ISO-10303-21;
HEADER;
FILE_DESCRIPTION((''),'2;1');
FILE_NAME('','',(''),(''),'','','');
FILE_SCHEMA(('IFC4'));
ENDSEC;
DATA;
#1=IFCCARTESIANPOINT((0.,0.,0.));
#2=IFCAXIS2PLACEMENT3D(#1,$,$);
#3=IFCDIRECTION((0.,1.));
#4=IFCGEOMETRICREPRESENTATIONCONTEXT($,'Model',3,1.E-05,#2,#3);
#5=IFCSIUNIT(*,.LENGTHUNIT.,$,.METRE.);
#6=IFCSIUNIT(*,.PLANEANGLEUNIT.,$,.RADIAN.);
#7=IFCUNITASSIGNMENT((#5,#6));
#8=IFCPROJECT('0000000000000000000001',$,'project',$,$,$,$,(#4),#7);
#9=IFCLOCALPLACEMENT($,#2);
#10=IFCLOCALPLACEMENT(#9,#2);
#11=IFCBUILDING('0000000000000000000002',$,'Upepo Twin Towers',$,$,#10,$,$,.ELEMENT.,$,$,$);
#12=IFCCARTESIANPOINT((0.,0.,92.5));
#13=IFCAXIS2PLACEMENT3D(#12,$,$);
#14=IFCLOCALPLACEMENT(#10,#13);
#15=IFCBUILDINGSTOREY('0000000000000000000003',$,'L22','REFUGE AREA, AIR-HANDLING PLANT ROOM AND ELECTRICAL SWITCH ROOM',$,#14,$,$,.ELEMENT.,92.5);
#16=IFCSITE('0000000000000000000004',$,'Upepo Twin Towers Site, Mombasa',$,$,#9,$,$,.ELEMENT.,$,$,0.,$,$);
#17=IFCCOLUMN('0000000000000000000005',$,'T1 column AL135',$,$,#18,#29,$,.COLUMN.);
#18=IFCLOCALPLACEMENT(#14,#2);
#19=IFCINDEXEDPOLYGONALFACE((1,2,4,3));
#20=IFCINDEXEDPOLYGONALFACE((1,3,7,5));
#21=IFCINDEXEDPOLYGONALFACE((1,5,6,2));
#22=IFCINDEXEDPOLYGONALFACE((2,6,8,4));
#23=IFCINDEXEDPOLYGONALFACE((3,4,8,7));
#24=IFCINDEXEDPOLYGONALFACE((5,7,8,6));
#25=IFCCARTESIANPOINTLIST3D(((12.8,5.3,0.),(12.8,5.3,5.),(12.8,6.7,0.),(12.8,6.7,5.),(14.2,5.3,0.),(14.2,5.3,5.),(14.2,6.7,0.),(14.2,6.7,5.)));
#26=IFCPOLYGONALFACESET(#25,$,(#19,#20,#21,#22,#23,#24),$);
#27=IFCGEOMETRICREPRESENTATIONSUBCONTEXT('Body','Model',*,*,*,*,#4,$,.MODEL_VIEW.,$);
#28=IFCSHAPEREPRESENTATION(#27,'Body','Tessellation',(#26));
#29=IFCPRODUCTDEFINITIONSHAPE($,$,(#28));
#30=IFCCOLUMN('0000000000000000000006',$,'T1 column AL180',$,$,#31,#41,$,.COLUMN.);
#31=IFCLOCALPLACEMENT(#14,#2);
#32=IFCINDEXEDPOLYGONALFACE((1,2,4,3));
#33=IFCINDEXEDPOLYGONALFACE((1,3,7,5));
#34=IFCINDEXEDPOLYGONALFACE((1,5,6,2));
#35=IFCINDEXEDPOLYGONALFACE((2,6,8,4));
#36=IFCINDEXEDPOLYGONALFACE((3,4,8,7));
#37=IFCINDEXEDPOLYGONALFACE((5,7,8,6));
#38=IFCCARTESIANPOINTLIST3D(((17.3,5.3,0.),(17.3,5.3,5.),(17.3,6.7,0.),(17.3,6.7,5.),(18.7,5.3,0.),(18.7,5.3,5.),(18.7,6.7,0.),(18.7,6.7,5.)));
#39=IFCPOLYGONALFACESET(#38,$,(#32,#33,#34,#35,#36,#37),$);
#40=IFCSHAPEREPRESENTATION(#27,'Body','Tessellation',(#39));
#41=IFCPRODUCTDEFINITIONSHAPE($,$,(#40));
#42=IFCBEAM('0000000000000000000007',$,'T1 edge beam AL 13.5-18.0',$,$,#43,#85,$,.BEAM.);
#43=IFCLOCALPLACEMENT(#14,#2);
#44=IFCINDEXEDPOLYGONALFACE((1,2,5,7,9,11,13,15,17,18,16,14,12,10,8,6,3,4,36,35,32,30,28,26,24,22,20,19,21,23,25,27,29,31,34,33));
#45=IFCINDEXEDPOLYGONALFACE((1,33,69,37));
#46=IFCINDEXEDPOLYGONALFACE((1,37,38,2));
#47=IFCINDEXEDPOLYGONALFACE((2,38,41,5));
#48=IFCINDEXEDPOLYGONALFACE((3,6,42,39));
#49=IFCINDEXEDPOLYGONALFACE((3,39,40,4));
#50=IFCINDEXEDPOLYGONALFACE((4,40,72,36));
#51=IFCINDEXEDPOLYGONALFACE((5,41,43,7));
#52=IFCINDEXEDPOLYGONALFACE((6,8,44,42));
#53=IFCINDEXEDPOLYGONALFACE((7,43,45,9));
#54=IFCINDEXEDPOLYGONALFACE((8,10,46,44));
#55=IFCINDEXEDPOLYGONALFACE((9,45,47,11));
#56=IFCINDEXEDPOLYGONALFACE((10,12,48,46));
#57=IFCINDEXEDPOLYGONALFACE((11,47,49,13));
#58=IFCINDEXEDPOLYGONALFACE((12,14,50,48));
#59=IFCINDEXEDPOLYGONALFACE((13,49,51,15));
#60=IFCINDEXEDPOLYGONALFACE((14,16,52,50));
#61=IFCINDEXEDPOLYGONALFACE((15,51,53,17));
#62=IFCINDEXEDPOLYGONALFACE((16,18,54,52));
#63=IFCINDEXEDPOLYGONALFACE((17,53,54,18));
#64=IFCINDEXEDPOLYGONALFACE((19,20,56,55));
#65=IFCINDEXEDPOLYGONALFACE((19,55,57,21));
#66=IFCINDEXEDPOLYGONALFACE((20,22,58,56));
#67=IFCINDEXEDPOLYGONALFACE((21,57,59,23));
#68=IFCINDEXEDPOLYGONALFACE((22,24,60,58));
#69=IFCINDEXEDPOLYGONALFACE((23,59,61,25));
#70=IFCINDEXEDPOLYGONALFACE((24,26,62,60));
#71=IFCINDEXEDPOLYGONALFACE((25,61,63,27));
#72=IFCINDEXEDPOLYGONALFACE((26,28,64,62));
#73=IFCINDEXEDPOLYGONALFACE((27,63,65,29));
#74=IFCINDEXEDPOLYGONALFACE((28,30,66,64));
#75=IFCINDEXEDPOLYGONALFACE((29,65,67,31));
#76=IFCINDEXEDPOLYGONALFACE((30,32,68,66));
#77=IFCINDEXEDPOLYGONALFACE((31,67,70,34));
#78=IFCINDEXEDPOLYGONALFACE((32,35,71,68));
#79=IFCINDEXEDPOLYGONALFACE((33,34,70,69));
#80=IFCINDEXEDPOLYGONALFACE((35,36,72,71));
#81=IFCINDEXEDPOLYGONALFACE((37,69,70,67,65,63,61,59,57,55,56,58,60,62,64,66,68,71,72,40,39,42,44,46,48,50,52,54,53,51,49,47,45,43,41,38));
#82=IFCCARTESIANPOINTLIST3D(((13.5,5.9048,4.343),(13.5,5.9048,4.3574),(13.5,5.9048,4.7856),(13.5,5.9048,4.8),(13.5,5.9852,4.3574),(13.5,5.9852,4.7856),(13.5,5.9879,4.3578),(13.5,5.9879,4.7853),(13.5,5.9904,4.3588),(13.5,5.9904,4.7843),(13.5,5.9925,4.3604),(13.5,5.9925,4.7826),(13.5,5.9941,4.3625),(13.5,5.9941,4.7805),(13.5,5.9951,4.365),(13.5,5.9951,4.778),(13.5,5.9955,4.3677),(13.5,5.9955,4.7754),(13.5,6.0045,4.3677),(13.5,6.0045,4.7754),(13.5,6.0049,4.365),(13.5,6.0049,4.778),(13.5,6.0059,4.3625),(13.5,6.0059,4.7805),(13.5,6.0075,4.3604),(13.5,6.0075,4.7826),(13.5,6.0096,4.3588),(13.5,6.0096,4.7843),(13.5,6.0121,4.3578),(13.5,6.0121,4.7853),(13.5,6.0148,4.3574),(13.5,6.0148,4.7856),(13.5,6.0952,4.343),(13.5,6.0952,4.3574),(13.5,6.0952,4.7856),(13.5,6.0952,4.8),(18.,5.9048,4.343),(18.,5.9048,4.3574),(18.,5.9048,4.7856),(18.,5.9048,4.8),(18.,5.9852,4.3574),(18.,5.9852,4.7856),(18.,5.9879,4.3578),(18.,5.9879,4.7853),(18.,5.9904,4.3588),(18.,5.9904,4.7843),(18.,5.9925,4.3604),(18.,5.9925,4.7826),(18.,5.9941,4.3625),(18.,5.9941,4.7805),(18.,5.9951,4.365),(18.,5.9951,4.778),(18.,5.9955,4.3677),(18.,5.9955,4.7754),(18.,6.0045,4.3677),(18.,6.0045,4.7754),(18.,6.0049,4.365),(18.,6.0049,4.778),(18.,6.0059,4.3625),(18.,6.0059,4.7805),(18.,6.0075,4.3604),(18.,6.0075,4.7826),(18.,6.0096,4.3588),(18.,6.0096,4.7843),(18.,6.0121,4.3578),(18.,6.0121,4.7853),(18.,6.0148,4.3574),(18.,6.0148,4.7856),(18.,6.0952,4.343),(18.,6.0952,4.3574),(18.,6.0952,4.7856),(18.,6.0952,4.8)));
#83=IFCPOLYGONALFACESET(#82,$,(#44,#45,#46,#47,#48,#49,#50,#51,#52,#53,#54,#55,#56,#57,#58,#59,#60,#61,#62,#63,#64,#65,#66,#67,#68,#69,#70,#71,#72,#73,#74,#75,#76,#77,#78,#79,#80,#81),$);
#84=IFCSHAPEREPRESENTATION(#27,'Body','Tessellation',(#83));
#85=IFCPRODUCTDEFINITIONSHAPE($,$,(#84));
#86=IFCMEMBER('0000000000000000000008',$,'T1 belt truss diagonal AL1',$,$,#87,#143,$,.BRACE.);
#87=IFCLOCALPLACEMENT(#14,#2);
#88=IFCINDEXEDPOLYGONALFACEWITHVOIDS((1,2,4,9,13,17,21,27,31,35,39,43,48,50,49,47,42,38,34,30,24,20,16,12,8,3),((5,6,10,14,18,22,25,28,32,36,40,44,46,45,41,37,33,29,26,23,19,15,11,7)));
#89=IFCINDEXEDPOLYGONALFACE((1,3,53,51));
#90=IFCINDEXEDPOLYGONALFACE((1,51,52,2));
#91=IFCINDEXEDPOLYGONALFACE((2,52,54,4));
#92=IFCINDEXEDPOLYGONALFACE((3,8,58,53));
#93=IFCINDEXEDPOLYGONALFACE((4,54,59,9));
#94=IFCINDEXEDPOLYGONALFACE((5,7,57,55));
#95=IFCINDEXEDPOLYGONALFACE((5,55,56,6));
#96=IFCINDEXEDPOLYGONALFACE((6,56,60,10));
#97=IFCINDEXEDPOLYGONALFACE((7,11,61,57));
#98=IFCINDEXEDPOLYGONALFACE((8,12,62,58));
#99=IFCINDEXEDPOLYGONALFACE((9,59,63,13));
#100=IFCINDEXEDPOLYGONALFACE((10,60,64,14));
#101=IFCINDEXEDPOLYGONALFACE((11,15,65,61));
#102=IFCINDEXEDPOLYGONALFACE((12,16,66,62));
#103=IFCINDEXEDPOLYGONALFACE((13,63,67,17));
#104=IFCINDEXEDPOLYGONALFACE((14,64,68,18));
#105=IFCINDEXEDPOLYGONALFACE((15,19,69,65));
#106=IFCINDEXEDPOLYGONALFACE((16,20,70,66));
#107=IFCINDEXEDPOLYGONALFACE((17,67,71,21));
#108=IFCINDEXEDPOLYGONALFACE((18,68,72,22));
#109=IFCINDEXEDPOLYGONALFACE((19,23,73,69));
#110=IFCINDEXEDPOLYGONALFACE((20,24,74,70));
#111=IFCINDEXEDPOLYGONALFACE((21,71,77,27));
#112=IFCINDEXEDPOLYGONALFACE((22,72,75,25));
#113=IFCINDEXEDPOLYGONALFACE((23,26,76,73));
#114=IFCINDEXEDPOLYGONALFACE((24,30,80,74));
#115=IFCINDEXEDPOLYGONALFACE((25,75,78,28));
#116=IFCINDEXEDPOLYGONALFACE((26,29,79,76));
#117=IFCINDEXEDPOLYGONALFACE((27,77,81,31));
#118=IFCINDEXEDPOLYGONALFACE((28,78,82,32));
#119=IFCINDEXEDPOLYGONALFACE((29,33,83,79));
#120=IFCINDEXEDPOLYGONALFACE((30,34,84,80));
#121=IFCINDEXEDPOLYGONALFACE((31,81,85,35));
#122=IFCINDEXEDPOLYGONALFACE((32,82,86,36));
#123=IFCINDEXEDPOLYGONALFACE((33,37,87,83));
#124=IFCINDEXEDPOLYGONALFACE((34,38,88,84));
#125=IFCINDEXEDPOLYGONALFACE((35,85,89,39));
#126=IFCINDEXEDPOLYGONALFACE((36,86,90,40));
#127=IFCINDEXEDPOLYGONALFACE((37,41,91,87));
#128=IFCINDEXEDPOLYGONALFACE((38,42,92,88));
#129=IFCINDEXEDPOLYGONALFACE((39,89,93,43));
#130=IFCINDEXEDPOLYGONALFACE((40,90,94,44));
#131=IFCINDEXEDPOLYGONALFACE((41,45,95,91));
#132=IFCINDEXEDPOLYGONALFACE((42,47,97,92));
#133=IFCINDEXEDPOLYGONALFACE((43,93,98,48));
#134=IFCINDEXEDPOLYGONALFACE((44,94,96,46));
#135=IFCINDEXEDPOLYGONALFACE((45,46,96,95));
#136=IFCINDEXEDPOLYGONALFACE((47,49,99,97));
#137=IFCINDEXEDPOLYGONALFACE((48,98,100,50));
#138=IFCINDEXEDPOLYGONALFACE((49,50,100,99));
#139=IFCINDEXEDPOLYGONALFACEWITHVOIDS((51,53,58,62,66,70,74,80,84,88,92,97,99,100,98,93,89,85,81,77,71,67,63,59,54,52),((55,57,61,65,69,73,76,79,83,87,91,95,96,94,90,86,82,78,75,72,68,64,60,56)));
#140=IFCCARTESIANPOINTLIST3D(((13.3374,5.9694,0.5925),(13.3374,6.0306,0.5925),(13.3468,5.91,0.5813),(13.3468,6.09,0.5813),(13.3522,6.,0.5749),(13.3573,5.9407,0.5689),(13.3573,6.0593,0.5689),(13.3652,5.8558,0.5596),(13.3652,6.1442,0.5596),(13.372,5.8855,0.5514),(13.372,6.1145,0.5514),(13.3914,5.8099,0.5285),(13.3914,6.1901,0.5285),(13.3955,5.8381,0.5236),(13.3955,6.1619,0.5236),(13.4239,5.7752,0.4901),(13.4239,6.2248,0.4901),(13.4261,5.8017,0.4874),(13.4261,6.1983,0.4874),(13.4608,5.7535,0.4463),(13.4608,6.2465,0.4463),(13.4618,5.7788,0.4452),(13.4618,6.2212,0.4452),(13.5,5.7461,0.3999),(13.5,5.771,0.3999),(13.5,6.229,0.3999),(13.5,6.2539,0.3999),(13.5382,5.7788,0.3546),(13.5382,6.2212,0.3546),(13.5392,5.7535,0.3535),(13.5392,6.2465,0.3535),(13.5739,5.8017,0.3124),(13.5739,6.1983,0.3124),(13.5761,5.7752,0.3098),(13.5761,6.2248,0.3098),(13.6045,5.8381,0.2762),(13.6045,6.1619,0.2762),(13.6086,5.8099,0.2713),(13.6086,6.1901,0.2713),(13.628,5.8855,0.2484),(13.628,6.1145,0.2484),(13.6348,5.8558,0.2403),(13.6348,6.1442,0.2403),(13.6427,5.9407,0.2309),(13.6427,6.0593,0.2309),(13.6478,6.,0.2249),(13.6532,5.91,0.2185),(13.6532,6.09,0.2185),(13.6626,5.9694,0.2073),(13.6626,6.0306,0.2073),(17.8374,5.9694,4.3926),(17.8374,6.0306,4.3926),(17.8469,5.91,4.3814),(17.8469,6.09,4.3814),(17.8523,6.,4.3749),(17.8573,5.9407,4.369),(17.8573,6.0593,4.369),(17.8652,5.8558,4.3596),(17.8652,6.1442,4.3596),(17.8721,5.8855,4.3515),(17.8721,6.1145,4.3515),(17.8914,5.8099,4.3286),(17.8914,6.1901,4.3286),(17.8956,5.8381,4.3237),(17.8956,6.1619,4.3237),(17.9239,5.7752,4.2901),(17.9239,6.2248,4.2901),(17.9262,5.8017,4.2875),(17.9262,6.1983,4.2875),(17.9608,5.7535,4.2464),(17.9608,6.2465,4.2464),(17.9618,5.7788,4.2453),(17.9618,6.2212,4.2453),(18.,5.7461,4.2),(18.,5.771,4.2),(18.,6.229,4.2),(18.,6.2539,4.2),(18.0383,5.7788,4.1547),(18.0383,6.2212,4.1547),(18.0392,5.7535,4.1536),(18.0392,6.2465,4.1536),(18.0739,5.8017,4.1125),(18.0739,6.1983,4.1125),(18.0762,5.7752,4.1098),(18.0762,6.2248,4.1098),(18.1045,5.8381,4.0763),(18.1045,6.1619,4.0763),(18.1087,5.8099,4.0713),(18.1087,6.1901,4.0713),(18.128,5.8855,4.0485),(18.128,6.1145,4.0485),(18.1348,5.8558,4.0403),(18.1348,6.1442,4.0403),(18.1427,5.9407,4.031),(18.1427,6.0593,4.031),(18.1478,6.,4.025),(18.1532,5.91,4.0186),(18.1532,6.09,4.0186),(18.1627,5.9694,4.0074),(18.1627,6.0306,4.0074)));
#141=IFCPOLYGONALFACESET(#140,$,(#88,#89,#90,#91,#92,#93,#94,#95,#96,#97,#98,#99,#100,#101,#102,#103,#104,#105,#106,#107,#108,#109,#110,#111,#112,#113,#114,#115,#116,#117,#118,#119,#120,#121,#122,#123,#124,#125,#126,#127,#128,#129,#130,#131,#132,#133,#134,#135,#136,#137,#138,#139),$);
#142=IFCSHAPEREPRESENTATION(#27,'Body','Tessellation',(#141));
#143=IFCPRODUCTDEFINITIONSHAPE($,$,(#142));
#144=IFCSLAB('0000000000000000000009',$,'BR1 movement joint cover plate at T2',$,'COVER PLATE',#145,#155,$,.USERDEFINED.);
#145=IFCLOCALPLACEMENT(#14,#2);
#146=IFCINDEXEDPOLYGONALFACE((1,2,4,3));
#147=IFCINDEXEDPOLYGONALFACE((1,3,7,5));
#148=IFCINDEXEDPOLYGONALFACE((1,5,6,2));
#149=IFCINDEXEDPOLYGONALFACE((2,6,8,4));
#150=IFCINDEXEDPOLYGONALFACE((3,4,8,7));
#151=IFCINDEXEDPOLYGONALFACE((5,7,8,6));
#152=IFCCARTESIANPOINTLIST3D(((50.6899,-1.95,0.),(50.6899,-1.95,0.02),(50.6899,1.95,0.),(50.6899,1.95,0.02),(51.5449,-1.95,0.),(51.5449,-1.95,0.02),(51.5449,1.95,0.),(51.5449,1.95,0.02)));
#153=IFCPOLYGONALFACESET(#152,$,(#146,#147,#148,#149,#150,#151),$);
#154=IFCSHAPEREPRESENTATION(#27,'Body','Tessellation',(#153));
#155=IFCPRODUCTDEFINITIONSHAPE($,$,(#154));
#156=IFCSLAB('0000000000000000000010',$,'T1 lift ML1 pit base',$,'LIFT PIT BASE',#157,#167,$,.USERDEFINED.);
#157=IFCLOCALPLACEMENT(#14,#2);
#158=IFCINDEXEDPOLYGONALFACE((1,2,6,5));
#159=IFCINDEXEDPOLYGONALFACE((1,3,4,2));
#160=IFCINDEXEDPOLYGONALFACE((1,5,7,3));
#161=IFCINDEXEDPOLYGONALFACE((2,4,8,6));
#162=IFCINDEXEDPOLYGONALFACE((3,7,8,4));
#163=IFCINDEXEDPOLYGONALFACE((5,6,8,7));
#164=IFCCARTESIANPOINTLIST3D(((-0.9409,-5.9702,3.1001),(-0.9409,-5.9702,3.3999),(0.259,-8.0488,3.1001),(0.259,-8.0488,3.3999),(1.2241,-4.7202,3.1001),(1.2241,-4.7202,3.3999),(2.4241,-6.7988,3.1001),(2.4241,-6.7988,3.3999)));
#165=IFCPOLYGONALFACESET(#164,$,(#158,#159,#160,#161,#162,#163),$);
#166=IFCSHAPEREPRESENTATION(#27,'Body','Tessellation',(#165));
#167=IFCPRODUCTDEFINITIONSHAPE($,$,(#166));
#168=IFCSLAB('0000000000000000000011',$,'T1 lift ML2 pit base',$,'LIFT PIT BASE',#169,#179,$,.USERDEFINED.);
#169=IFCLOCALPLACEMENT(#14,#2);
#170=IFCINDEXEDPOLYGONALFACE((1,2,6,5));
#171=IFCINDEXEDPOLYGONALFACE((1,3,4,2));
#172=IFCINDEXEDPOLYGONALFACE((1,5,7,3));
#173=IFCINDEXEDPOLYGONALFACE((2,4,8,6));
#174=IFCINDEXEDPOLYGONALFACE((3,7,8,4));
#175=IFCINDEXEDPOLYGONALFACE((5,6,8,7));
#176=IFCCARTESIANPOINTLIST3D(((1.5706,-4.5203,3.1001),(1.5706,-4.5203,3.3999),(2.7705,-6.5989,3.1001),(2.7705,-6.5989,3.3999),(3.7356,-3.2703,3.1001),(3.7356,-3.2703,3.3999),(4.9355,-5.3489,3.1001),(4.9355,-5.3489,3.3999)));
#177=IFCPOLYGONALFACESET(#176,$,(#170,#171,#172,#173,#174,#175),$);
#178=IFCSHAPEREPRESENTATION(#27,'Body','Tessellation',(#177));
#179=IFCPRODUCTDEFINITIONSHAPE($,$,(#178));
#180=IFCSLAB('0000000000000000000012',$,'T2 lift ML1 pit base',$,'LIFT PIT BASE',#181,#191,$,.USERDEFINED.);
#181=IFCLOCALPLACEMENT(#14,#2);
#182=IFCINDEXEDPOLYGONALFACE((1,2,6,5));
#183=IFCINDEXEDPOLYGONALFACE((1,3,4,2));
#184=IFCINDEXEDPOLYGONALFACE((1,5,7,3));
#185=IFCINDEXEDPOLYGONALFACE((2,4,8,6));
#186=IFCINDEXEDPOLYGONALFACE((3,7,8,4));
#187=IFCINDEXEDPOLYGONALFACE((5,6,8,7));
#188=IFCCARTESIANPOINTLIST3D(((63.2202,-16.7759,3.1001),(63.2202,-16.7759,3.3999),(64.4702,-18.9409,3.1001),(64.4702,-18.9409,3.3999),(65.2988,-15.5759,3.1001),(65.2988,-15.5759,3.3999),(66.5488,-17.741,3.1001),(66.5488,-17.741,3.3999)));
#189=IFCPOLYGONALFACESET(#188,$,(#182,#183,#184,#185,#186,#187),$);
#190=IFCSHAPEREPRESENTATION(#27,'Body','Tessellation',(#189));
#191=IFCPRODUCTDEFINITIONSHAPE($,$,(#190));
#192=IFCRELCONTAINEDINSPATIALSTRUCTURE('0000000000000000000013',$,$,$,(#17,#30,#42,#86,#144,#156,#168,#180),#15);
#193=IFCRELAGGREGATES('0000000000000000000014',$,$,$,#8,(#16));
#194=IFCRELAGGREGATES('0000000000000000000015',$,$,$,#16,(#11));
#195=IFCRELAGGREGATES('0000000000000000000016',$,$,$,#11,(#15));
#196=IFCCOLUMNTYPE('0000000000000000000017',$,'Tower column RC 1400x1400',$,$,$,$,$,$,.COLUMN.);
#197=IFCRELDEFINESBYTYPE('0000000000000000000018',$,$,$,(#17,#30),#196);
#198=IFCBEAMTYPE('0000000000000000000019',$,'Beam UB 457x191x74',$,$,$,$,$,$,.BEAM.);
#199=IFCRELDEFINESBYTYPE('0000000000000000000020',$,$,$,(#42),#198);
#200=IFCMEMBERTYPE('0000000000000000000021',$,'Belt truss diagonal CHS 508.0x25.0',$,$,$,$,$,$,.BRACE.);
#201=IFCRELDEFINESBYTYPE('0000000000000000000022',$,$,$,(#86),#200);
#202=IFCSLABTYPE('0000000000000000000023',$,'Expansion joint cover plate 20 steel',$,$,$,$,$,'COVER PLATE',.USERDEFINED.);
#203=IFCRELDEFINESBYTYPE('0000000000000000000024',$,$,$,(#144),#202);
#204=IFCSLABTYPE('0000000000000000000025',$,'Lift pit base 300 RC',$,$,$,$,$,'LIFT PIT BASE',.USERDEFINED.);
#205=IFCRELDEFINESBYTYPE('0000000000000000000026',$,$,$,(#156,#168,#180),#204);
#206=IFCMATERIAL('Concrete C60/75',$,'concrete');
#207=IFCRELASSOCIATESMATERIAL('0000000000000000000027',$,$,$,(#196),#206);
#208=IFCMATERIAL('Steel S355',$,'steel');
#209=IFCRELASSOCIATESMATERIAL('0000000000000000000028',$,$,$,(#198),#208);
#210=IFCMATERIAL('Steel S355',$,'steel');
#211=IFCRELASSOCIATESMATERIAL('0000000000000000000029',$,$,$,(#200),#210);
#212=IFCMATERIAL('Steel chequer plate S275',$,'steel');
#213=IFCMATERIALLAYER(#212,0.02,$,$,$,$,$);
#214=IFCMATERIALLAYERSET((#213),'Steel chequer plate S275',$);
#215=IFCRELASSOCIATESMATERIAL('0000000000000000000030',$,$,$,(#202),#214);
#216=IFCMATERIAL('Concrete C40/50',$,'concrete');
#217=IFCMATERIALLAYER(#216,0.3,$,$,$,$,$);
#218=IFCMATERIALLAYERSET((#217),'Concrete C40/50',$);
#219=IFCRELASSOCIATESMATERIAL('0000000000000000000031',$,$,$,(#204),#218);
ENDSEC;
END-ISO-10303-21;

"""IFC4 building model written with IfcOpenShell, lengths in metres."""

from ifc_helpers import new_model, si_unit, direction, frame, origin, origin_2d, place, context, subcontext, project, spatial, polyline, rectangle, hollow_circle, i_section, outline, extrude, material, layer, layer_set, material_profile, profile_set, type_object, element, save


model = new_model("IFC4")

# Units and contexts
model_context = context("Model", 3, precision=1e-05, world=origin(), true_north=direction((0.0, 1.0)))
body_context = subcontext(model_context, "Body", "Model", "MODEL_VIEW")
ifc_project = project(units=[si_unit("LENGTHUNIT", "METRE"), si_unit("PLANEANGLEUNIT", "RADIAN")], contexts=[model_context])

# Site, building, storey
site_placement = place(None, origin())
site = spatial("IfcSite", under=ifc_project, at=site_placement, Name="Upepo Twin Towers Site, Mombasa", CompositionType="ELEMENT", RefElevation=0.0)
building_placement = place(site_placement, origin())
building = spatial("IfcBuilding", under=site, at=building_placement, Name="Upepo Twin Towers", CompositionType="ELEMENT")
storey_placement = place(building_placement, frame((0.0, 0.0, 92.5)))
storey = spatial("IfcBuildingStorey", under=building, at=storey_placement, Name="L22", Description="REFUGE AREA, AIR-HANDLING PLANT ROOM AND ELECTRICAL SWITCH ROOM", CompositionType="ELEMENT", Elevation=92.5)

# Columns
ifc_material_1 = material(Name="Concrete C60/75", Category="concrete")
ifc_material_profile_1 = material_profile(ifc_material_1, rectangle(XDim=1.3999, YDim=1.3999, at=origin_2d()), Name="RC 1400x1400")
ifc_profile_set_1 = profile_set([ifc_material_profile_1], Name="Concrete C60/75")
column_type = type_object("IfcColumnType", Name="Tower column RC 1400x1400", PredefinedType="COLUMN", material=ifc_profile_set_1)
for number, where, z_axis, x_axis, name in (
    (1, (13.5, 6.0, 0.0), (0.0, 0.0, 1.0), (1.0, 0.0, 0.0), "T1 column AL135"),
    (2, (18.0, 6.0, 0.0), (0.0, 0.0, 1.0), (1.0, 0.0, 0.0), "T1 column AL180"),
):
    element("IfcColumn", number, at=place(storey_placement, frame(where, z_axis=z_axis, x_axis=x_axis)), inside=storey, type_object=column_type, Name=name, PredefinedType="COLUMN", context=body_context, shape_type="SweptSolid", body=[
        extrude(rectangle(XDim=1.3999, YDim=1.3999, at=origin_2d()), origin(), (0.0, 0.0, 1.0), 5.0),
    ])

# Beam
ifc_material_2 = material(Name="Steel S355", Category="steel")
ifc_material_profile_2 = material_profile(ifc_material_2, i_section(OverallWidth=0.1904, OverallDepth=0.457, WebThickness=0.009, FlangeThickness=0.0144, FilletRadius=0.0103, at=origin_2d()), Name="UB 457x191x74")
ifc_profile_set_2 = profile_set([ifc_material_profile_2], Name="Steel S355")
beam_type = type_object("IfcBeamType", Name="Beam UB 457x191x74", PredefinedType="BEAM", material=ifc_profile_set_2)
beam_placement = place(storey_placement, frame((13.5, 6.0, 4.5715), z_axis=(1.0, 0.0, 0.0), x_axis=(0.0, 1.0, 0.0)))
element("IfcBeam", 3, at=beam_placement, inside=storey, type_object=beam_type, Name="T1 edge beam AL 13.5-18.0", PredefinedType="BEAM", context=body_context, shape_type="SweptSolid", body=[
    extrude(i_section(OverallWidth=0.1904, OverallDepth=0.457, WebThickness=0.009, FlangeThickness=0.0144, FilletRadius=0.0103, at=origin_2d()), origin(), (0.0, 0.0, 1.0), 4.5),
])

# Member
ifc_material_3 = material(Name="Steel S355", Category="steel")
ifc_material_profile_3 = material_profile(ifc_material_3, hollow_circle(Radius=0.2539, WallThickness=0.0249, at=origin_2d()), Name="CHS 508.0x25.0")
ifc_profile_set_3 = profile_set([ifc_material_profile_3], Name="Steel S355")
member_type = type_object("IfcMemberType", Name="Belt truss diagonal CHS 508.0x25.0", PredefinedType="BRACE", material=ifc_profile_set_3)
member_placement = place(storey_placement, frame((13.5, 6.0, 0.3999), z_axis=(0.764026, 0.0, 0.645186), x_axis=(0.0, 1.0, 0.0)))
element("IfcMember", 4, at=member_placement, inside=storey, type_object=member_type, Name="T1 belt truss diagonal AL1", PredefinedType="BRACE", context=body_context, shape_type="SweptSolid", body=[
    extrude(hollow_circle(Radius=0.2539, WallThickness=0.0249, at=origin_2d()), origin(), (0.0, 0.0, 1.0), 5.8899),
])

# Slabs
ifc_material_4 = material(Name="Steel chequer plate S275", Category="steel")
ifc_layer_1 = layer(ifc_material_4, 0.02)
ifc_layer_set_1 = layer_set([ifc_layer_1], Name="Steel chequer plate S275")
slab_type_1 = type_object("IfcSlabType", Name="Expansion joint cover plate 20 steel", ElementType="COVER PLATE", PredefinedType="USERDEFINED", material=ifc_layer_set_1)
slab_1_placement = place(storey_placement, origin())
element("IfcSlab", 5, at=slab_1_placement, inside=storey, type_object=slab_type_1, Name="BR1 movement joint cover plate at T2", ObjectType="COVER PLATE", PredefinedType="USERDEFINED", context=body_context, shape_type="SweptSolid", body=[
    extrude(outline(polyline([(50.6899, -1.95), (51.5449, -1.95), (51.5449, 1.95), (50.6899, 1.95), (50.6899, -1.95)])), origin(), (0.0, 0.0, 1.0), 0.02),
])
ifc_material_5 = material(Name="Concrete C40/50", Category="concrete")
ifc_layer_2 = layer(ifc_material_5, 0.3)
ifc_layer_set_2 = layer_set([ifc_layer_2], Name="Concrete C40/50")
slab_type_2 = type_object("IfcSlabType", Name="Lift pit base 300 RC", ElementType="LIFT PIT BASE", PredefinedType="USERDEFINED", material=ifc_layer_set_2)
slab_2_placement = place(storey_placement, frame((0.0, 0.0, 3.1001)))
element("IfcSlab", 6, at=slab_2_placement, inside=storey, type_object=slab_type_2, Name="T1 lift ML1 pit base", ObjectType="LIFT PIT BASE", PredefinedType="USERDEFINED", context=body_context, shape_type="SweptSolid", body=[
    extrude(outline(polyline([(-0.9409, -5.9702), (0.259, -8.0488), (2.4241, -6.7988), (1.2241, -4.7202), (-0.9409, -5.9702)])), origin(), (0.0, 0.0, 1.0), 0.2998),
])
slab_3_placement = place(storey_placement, frame((0.0, 0.0, 3.1001)))
element("IfcSlab", 7, at=slab_3_placement, inside=storey, type_object=slab_type_2, Name="T1 lift ML2 pit base", ObjectType="LIFT PIT BASE", PredefinedType="USERDEFINED", context=body_context, shape_type="SweptSolid", body=[
    extrude(outline(polyline([(1.5706, -4.5203), (2.7705, -6.5989), (4.9355, -5.3489), (3.7356, -3.2703), (1.5706, -4.5203)])), origin(), (0.0, 0.0, 1.0), 0.2998),
])
slab_4_placement = place(storey_placement, frame((0.0, 0.0, 3.1001)))
element("IfcSlab", 8, at=slab_4_placement, inside=storey, type_object=slab_type_2, Name="T2 lift ML1 pit base", ObjectType="LIFT PIT BASE", PredefinedType="USERDEFINED", context=body_context, shape_type="SweptSolid", body=[
    extrude(outline(polyline([(64.4702, -18.9409), (66.5488, -17.741), (65.2988, -15.5759), (63.2202, -16.7759), (64.4702, -18.9409)])), origin(), (0.0, 0.0, 1.0), 0.2998),
])

save(model, "model.ifc")
